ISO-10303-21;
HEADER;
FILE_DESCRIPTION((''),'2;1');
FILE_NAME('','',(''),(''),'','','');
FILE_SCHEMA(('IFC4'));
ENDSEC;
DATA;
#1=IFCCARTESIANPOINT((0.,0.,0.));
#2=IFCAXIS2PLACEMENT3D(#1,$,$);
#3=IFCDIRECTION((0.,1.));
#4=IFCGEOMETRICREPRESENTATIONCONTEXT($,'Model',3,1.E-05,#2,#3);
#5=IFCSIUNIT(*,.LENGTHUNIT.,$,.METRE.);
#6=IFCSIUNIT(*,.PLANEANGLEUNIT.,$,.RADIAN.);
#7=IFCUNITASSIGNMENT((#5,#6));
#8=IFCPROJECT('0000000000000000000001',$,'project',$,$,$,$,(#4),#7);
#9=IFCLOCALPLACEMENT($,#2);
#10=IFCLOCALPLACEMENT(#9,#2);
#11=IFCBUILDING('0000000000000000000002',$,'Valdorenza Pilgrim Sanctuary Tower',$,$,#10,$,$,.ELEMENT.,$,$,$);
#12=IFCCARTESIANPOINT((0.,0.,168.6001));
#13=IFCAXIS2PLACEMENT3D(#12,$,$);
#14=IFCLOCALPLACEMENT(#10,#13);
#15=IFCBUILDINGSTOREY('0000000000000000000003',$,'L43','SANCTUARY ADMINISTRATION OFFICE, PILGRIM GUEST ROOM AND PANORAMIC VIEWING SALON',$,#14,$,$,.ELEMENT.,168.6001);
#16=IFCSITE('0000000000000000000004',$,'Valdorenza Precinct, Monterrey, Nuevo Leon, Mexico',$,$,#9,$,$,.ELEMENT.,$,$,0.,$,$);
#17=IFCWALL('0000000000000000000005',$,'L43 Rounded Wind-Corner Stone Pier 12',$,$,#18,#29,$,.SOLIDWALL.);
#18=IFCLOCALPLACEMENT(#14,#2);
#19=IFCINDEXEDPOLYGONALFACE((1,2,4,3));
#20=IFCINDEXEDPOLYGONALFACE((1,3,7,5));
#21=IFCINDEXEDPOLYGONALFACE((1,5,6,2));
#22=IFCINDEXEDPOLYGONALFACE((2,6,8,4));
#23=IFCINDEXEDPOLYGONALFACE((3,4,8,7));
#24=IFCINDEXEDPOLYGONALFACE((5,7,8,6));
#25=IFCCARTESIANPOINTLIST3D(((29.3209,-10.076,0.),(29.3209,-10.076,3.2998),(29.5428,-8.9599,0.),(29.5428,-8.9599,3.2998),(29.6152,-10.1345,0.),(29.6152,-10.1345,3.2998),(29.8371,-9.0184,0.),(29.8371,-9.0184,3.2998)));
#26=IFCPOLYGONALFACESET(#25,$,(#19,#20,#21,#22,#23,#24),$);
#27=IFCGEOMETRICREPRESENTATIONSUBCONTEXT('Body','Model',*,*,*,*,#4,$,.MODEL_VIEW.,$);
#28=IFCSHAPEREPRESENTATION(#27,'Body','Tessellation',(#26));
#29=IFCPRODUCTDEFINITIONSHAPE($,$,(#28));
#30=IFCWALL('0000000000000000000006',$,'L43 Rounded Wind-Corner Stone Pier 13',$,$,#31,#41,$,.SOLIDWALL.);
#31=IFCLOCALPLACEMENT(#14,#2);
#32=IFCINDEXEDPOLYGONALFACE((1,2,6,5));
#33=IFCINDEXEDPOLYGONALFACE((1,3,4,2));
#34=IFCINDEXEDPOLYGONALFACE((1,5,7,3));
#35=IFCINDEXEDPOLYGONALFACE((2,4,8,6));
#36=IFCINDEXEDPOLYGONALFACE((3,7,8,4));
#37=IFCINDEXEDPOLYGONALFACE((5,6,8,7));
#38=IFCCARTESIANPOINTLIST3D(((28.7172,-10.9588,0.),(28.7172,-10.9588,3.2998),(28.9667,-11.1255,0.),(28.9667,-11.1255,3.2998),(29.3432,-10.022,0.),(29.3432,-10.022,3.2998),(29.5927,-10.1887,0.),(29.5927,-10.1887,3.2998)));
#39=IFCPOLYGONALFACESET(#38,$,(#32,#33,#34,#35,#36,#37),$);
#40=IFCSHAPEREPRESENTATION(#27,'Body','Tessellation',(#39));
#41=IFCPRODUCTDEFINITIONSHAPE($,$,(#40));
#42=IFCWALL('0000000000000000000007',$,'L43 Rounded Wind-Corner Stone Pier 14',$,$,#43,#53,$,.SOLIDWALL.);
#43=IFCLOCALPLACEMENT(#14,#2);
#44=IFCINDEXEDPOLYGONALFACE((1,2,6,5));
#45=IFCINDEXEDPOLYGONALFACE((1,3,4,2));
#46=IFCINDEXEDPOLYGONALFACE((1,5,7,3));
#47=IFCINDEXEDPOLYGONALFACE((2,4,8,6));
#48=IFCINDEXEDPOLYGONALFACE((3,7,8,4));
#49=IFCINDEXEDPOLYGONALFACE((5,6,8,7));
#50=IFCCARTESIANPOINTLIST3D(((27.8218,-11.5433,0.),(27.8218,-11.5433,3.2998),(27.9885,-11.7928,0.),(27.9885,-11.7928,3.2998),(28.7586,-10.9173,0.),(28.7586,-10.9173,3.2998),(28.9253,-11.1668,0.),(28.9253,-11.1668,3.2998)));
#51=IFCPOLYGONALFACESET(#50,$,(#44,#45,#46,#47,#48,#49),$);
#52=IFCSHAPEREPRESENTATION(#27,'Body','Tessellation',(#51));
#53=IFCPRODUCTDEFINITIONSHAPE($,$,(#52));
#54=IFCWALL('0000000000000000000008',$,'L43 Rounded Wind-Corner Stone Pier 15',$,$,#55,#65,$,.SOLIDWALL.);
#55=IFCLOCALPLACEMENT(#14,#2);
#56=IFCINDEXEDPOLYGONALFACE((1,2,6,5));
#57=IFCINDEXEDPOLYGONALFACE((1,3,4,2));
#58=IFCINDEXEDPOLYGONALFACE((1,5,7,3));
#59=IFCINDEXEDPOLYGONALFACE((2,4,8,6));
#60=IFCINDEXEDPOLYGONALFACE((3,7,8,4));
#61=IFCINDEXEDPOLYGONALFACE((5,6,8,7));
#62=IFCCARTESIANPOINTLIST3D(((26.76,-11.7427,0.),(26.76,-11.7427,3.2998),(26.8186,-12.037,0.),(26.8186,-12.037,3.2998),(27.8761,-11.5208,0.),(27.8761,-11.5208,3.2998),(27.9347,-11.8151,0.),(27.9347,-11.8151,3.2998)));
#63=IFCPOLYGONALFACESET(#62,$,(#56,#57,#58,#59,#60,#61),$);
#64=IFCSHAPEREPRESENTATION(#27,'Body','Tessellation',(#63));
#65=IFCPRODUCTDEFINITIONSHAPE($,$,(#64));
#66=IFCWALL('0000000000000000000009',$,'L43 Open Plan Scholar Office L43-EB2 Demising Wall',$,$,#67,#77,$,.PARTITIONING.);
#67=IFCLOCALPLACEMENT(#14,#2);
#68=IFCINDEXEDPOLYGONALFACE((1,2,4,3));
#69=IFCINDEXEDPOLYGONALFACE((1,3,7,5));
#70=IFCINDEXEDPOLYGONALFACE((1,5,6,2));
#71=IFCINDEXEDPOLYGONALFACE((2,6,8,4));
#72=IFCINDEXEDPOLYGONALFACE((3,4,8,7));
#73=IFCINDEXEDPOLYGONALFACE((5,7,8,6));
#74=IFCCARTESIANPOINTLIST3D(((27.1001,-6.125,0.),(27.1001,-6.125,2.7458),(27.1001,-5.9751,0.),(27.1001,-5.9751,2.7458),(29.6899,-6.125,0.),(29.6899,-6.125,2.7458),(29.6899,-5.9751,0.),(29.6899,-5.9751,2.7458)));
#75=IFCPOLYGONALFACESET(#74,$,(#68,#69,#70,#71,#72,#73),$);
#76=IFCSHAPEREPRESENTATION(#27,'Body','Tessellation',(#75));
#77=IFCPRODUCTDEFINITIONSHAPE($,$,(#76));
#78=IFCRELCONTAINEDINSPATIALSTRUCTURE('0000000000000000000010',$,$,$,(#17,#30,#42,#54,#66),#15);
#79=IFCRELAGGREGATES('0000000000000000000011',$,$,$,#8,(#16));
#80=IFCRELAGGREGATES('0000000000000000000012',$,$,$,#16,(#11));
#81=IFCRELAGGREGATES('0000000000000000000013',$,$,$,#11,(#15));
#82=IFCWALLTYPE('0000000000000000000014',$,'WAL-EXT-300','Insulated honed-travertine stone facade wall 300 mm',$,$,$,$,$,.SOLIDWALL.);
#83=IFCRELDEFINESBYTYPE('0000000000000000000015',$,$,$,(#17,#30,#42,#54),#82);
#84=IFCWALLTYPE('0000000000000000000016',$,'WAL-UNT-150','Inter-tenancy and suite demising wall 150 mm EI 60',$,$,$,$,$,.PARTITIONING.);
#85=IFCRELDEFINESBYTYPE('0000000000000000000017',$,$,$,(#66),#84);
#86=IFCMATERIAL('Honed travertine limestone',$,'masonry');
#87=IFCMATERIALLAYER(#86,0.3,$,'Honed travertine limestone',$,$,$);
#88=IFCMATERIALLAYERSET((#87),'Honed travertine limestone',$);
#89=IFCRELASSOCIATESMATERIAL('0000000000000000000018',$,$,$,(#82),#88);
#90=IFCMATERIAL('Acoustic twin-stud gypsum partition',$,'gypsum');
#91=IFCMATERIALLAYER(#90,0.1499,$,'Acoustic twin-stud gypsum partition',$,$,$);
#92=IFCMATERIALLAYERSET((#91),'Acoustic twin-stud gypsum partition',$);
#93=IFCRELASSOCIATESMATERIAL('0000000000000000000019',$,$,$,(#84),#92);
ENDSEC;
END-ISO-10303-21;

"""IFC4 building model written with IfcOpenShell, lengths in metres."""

from ifc_helpers import new_model, si_unit, direction, frame, frame_2d, origin, place, context, subcontext, project, spatial, rectangle, extrude, material, layer, layer_set, type_object, element, save


model = new_model("IFC4")

# Units and contexts
model_context = context("Model", 3, precision=1e-05, world=origin(), true_north=direction((0.0, 1.0)))
body_context = subcontext(model_context, "Body", "Model", "MODEL_VIEW")
ifc_project = project(units=[si_unit("LENGTHUNIT", "METRE"), si_unit("PLANEANGLEUNIT", "RADIAN")], contexts=[model_context])

# Site, building, storey
site_placement = place(None, origin())
site = spatial("IfcSite", under=ifc_project, at=site_placement, Name="Valdorenza Precinct, Monterrey, Nuevo Leon, Mexico", CompositionType="ELEMENT", RefElevation=0.0)
building_placement = place(site_placement, origin())
building = spatial("IfcBuilding", under=site, at=building_placement, Name="Valdorenza Pilgrim Sanctuary Tower", CompositionType="ELEMENT")
storey_placement = place(building_placement, frame((0.0, 0.0, 168.6001)))
storey = spatial("IfcBuildingStorey", under=building, at=storey_placement, Name="L43", Description="SANCTUARY ADMINISTRATION OFFICE, PILGRIM GUEST ROOM AND PANORAMIC VIEWING SALON", CompositionType="ELEMENT", Elevation=168.6001)

# Shared definitions
ifc_material_1 = material(Name="Honed travertine limestone", Category="masonry")

# Shared definitions
ifc_material_2 = material(Name="Acoustic twin-stud gypsum partition", Category="gypsum")

# Walls
ifc_layer_1 = layer(ifc_material_1, 0.3, Name="Honed travertine limestone")
ifc_layer_set_1 = layer_set([ifc_layer_1], Name="Honed travertine limestone")
wall_type_1 = type_object("IfcWallType", Name="WAL-EXT-300", Description="Insulated honed-travertine stone facade wall 300 mm", PredefinedType="SOLIDWALL", material=ifc_layer_set_1)
wall_1_placement = place(storey_placement, frame((29.6899, -8.9893, 0.0), z_axis=(0.0, 0.0, 1.0), x_axis=(-0.195043, -0.980795, 0.0)))
element("IfcWall", 1, at=wall_1_placement, inside=storey, type_object=wall_type_1, Name="L43 Rounded Wind-Corner Stone Pier 12", PredefinedType="SOLIDWALL", context=body_context, shape_type="SweptSolid", body=[
    extrude(rectangle(XDim=1.1379, YDim=0.3, at=frame_2d((0.5688, 0.0))), origin(), (0.0, 0.0, 1.0), 3.2998),
])
for number, where, z_axis, x_axis, name in (
    (2, (29.468, -10.1052, 0.0), (0.0, 0.0, 1.0), (-0.5556, -0.83145, 0.0), "L43 Rounded Wind-Corner Stone Pier 13"),
    (3, (28.842, -11.042, 0.0), (0.0, 0.0, 1.0), (-0.83145, -0.5556, 0.0), "L43 Rounded Wind-Corner Stone Pier 14"),
):
    element("IfcWall", number, at=place(storey_placement, frame(where, z_axis=z_axis, x_axis=x_axis)), inside=storey, type_object=wall_type_1, Name=name, PredefinedType="SOLIDWALL", context=body_context, shape_type="SweptSolid", body=[
        extrude(rectangle(XDim=1.1267, YDim=0.3, at=frame_2d((0.5635, 0.0))), origin(), (0.0, 0.0, 1.0), 3.2998),
    ])
wall_2_placement = place(storey_placement, frame((27.9053, -11.668, 0.0), z_axis=(0.0, 0.0, 1.0), x_axis=(-0.980795, -0.195043, 0.0)))
element("IfcWall", 4, at=wall_2_placement, inside=storey, type_object=wall_type_1, Name="L43 Rounded Wind-Corner Stone Pier 15", PredefinedType="SOLIDWALL", context=body_context, shape_type="SweptSolid", body=[
    extrude(rectangle(XDim=1.1379, YDim=0.3, at=frame_2d((0.5688, 0.0))), origin(), (0.0, 0.0, 1.0), 3.2998),
])
ifc_layer_2 = layer(ifc_material_2, 0.1499, Name="Acoustic twin-stud gypsum partition")
ifc_layer_set_2 = layer_set([ifc_layer_2], Name="Acoustic twin-stud gypsum partition")
wall_type_2 = type_object("IfcWallType", Name="WAL-UNT-150", Description="Inter-tenancy and suite demising wall 150 mm EI 60", PredefinedType="PARTITIONING", material=ifc_layer_set_2)
wall_3_placement = place(storey_placement, frame((27.1001, -6.05, 0.0), z_axis=(0.0, 0.0, 1.0), x_axis=(1.0, 0.0, 0.0)))
element("IfcWall", 5, at=wall_3_placement, inside=storey, type_object=wall_type_2, Name="L43 Open Plan Scholar Office L43-EB2 Demising Wall", PredefinedType="PARTITIONING", context=body_context, shape_type="SweptSolid", body=[
    extrude(rectangle(XDim=2.5898, YDim=0.1499, at=frame_2d((1.2949, 0.0))), origin(), (0.0, 0.0, 1.0), 2.7458),
])

save(model, "model.ifc")
